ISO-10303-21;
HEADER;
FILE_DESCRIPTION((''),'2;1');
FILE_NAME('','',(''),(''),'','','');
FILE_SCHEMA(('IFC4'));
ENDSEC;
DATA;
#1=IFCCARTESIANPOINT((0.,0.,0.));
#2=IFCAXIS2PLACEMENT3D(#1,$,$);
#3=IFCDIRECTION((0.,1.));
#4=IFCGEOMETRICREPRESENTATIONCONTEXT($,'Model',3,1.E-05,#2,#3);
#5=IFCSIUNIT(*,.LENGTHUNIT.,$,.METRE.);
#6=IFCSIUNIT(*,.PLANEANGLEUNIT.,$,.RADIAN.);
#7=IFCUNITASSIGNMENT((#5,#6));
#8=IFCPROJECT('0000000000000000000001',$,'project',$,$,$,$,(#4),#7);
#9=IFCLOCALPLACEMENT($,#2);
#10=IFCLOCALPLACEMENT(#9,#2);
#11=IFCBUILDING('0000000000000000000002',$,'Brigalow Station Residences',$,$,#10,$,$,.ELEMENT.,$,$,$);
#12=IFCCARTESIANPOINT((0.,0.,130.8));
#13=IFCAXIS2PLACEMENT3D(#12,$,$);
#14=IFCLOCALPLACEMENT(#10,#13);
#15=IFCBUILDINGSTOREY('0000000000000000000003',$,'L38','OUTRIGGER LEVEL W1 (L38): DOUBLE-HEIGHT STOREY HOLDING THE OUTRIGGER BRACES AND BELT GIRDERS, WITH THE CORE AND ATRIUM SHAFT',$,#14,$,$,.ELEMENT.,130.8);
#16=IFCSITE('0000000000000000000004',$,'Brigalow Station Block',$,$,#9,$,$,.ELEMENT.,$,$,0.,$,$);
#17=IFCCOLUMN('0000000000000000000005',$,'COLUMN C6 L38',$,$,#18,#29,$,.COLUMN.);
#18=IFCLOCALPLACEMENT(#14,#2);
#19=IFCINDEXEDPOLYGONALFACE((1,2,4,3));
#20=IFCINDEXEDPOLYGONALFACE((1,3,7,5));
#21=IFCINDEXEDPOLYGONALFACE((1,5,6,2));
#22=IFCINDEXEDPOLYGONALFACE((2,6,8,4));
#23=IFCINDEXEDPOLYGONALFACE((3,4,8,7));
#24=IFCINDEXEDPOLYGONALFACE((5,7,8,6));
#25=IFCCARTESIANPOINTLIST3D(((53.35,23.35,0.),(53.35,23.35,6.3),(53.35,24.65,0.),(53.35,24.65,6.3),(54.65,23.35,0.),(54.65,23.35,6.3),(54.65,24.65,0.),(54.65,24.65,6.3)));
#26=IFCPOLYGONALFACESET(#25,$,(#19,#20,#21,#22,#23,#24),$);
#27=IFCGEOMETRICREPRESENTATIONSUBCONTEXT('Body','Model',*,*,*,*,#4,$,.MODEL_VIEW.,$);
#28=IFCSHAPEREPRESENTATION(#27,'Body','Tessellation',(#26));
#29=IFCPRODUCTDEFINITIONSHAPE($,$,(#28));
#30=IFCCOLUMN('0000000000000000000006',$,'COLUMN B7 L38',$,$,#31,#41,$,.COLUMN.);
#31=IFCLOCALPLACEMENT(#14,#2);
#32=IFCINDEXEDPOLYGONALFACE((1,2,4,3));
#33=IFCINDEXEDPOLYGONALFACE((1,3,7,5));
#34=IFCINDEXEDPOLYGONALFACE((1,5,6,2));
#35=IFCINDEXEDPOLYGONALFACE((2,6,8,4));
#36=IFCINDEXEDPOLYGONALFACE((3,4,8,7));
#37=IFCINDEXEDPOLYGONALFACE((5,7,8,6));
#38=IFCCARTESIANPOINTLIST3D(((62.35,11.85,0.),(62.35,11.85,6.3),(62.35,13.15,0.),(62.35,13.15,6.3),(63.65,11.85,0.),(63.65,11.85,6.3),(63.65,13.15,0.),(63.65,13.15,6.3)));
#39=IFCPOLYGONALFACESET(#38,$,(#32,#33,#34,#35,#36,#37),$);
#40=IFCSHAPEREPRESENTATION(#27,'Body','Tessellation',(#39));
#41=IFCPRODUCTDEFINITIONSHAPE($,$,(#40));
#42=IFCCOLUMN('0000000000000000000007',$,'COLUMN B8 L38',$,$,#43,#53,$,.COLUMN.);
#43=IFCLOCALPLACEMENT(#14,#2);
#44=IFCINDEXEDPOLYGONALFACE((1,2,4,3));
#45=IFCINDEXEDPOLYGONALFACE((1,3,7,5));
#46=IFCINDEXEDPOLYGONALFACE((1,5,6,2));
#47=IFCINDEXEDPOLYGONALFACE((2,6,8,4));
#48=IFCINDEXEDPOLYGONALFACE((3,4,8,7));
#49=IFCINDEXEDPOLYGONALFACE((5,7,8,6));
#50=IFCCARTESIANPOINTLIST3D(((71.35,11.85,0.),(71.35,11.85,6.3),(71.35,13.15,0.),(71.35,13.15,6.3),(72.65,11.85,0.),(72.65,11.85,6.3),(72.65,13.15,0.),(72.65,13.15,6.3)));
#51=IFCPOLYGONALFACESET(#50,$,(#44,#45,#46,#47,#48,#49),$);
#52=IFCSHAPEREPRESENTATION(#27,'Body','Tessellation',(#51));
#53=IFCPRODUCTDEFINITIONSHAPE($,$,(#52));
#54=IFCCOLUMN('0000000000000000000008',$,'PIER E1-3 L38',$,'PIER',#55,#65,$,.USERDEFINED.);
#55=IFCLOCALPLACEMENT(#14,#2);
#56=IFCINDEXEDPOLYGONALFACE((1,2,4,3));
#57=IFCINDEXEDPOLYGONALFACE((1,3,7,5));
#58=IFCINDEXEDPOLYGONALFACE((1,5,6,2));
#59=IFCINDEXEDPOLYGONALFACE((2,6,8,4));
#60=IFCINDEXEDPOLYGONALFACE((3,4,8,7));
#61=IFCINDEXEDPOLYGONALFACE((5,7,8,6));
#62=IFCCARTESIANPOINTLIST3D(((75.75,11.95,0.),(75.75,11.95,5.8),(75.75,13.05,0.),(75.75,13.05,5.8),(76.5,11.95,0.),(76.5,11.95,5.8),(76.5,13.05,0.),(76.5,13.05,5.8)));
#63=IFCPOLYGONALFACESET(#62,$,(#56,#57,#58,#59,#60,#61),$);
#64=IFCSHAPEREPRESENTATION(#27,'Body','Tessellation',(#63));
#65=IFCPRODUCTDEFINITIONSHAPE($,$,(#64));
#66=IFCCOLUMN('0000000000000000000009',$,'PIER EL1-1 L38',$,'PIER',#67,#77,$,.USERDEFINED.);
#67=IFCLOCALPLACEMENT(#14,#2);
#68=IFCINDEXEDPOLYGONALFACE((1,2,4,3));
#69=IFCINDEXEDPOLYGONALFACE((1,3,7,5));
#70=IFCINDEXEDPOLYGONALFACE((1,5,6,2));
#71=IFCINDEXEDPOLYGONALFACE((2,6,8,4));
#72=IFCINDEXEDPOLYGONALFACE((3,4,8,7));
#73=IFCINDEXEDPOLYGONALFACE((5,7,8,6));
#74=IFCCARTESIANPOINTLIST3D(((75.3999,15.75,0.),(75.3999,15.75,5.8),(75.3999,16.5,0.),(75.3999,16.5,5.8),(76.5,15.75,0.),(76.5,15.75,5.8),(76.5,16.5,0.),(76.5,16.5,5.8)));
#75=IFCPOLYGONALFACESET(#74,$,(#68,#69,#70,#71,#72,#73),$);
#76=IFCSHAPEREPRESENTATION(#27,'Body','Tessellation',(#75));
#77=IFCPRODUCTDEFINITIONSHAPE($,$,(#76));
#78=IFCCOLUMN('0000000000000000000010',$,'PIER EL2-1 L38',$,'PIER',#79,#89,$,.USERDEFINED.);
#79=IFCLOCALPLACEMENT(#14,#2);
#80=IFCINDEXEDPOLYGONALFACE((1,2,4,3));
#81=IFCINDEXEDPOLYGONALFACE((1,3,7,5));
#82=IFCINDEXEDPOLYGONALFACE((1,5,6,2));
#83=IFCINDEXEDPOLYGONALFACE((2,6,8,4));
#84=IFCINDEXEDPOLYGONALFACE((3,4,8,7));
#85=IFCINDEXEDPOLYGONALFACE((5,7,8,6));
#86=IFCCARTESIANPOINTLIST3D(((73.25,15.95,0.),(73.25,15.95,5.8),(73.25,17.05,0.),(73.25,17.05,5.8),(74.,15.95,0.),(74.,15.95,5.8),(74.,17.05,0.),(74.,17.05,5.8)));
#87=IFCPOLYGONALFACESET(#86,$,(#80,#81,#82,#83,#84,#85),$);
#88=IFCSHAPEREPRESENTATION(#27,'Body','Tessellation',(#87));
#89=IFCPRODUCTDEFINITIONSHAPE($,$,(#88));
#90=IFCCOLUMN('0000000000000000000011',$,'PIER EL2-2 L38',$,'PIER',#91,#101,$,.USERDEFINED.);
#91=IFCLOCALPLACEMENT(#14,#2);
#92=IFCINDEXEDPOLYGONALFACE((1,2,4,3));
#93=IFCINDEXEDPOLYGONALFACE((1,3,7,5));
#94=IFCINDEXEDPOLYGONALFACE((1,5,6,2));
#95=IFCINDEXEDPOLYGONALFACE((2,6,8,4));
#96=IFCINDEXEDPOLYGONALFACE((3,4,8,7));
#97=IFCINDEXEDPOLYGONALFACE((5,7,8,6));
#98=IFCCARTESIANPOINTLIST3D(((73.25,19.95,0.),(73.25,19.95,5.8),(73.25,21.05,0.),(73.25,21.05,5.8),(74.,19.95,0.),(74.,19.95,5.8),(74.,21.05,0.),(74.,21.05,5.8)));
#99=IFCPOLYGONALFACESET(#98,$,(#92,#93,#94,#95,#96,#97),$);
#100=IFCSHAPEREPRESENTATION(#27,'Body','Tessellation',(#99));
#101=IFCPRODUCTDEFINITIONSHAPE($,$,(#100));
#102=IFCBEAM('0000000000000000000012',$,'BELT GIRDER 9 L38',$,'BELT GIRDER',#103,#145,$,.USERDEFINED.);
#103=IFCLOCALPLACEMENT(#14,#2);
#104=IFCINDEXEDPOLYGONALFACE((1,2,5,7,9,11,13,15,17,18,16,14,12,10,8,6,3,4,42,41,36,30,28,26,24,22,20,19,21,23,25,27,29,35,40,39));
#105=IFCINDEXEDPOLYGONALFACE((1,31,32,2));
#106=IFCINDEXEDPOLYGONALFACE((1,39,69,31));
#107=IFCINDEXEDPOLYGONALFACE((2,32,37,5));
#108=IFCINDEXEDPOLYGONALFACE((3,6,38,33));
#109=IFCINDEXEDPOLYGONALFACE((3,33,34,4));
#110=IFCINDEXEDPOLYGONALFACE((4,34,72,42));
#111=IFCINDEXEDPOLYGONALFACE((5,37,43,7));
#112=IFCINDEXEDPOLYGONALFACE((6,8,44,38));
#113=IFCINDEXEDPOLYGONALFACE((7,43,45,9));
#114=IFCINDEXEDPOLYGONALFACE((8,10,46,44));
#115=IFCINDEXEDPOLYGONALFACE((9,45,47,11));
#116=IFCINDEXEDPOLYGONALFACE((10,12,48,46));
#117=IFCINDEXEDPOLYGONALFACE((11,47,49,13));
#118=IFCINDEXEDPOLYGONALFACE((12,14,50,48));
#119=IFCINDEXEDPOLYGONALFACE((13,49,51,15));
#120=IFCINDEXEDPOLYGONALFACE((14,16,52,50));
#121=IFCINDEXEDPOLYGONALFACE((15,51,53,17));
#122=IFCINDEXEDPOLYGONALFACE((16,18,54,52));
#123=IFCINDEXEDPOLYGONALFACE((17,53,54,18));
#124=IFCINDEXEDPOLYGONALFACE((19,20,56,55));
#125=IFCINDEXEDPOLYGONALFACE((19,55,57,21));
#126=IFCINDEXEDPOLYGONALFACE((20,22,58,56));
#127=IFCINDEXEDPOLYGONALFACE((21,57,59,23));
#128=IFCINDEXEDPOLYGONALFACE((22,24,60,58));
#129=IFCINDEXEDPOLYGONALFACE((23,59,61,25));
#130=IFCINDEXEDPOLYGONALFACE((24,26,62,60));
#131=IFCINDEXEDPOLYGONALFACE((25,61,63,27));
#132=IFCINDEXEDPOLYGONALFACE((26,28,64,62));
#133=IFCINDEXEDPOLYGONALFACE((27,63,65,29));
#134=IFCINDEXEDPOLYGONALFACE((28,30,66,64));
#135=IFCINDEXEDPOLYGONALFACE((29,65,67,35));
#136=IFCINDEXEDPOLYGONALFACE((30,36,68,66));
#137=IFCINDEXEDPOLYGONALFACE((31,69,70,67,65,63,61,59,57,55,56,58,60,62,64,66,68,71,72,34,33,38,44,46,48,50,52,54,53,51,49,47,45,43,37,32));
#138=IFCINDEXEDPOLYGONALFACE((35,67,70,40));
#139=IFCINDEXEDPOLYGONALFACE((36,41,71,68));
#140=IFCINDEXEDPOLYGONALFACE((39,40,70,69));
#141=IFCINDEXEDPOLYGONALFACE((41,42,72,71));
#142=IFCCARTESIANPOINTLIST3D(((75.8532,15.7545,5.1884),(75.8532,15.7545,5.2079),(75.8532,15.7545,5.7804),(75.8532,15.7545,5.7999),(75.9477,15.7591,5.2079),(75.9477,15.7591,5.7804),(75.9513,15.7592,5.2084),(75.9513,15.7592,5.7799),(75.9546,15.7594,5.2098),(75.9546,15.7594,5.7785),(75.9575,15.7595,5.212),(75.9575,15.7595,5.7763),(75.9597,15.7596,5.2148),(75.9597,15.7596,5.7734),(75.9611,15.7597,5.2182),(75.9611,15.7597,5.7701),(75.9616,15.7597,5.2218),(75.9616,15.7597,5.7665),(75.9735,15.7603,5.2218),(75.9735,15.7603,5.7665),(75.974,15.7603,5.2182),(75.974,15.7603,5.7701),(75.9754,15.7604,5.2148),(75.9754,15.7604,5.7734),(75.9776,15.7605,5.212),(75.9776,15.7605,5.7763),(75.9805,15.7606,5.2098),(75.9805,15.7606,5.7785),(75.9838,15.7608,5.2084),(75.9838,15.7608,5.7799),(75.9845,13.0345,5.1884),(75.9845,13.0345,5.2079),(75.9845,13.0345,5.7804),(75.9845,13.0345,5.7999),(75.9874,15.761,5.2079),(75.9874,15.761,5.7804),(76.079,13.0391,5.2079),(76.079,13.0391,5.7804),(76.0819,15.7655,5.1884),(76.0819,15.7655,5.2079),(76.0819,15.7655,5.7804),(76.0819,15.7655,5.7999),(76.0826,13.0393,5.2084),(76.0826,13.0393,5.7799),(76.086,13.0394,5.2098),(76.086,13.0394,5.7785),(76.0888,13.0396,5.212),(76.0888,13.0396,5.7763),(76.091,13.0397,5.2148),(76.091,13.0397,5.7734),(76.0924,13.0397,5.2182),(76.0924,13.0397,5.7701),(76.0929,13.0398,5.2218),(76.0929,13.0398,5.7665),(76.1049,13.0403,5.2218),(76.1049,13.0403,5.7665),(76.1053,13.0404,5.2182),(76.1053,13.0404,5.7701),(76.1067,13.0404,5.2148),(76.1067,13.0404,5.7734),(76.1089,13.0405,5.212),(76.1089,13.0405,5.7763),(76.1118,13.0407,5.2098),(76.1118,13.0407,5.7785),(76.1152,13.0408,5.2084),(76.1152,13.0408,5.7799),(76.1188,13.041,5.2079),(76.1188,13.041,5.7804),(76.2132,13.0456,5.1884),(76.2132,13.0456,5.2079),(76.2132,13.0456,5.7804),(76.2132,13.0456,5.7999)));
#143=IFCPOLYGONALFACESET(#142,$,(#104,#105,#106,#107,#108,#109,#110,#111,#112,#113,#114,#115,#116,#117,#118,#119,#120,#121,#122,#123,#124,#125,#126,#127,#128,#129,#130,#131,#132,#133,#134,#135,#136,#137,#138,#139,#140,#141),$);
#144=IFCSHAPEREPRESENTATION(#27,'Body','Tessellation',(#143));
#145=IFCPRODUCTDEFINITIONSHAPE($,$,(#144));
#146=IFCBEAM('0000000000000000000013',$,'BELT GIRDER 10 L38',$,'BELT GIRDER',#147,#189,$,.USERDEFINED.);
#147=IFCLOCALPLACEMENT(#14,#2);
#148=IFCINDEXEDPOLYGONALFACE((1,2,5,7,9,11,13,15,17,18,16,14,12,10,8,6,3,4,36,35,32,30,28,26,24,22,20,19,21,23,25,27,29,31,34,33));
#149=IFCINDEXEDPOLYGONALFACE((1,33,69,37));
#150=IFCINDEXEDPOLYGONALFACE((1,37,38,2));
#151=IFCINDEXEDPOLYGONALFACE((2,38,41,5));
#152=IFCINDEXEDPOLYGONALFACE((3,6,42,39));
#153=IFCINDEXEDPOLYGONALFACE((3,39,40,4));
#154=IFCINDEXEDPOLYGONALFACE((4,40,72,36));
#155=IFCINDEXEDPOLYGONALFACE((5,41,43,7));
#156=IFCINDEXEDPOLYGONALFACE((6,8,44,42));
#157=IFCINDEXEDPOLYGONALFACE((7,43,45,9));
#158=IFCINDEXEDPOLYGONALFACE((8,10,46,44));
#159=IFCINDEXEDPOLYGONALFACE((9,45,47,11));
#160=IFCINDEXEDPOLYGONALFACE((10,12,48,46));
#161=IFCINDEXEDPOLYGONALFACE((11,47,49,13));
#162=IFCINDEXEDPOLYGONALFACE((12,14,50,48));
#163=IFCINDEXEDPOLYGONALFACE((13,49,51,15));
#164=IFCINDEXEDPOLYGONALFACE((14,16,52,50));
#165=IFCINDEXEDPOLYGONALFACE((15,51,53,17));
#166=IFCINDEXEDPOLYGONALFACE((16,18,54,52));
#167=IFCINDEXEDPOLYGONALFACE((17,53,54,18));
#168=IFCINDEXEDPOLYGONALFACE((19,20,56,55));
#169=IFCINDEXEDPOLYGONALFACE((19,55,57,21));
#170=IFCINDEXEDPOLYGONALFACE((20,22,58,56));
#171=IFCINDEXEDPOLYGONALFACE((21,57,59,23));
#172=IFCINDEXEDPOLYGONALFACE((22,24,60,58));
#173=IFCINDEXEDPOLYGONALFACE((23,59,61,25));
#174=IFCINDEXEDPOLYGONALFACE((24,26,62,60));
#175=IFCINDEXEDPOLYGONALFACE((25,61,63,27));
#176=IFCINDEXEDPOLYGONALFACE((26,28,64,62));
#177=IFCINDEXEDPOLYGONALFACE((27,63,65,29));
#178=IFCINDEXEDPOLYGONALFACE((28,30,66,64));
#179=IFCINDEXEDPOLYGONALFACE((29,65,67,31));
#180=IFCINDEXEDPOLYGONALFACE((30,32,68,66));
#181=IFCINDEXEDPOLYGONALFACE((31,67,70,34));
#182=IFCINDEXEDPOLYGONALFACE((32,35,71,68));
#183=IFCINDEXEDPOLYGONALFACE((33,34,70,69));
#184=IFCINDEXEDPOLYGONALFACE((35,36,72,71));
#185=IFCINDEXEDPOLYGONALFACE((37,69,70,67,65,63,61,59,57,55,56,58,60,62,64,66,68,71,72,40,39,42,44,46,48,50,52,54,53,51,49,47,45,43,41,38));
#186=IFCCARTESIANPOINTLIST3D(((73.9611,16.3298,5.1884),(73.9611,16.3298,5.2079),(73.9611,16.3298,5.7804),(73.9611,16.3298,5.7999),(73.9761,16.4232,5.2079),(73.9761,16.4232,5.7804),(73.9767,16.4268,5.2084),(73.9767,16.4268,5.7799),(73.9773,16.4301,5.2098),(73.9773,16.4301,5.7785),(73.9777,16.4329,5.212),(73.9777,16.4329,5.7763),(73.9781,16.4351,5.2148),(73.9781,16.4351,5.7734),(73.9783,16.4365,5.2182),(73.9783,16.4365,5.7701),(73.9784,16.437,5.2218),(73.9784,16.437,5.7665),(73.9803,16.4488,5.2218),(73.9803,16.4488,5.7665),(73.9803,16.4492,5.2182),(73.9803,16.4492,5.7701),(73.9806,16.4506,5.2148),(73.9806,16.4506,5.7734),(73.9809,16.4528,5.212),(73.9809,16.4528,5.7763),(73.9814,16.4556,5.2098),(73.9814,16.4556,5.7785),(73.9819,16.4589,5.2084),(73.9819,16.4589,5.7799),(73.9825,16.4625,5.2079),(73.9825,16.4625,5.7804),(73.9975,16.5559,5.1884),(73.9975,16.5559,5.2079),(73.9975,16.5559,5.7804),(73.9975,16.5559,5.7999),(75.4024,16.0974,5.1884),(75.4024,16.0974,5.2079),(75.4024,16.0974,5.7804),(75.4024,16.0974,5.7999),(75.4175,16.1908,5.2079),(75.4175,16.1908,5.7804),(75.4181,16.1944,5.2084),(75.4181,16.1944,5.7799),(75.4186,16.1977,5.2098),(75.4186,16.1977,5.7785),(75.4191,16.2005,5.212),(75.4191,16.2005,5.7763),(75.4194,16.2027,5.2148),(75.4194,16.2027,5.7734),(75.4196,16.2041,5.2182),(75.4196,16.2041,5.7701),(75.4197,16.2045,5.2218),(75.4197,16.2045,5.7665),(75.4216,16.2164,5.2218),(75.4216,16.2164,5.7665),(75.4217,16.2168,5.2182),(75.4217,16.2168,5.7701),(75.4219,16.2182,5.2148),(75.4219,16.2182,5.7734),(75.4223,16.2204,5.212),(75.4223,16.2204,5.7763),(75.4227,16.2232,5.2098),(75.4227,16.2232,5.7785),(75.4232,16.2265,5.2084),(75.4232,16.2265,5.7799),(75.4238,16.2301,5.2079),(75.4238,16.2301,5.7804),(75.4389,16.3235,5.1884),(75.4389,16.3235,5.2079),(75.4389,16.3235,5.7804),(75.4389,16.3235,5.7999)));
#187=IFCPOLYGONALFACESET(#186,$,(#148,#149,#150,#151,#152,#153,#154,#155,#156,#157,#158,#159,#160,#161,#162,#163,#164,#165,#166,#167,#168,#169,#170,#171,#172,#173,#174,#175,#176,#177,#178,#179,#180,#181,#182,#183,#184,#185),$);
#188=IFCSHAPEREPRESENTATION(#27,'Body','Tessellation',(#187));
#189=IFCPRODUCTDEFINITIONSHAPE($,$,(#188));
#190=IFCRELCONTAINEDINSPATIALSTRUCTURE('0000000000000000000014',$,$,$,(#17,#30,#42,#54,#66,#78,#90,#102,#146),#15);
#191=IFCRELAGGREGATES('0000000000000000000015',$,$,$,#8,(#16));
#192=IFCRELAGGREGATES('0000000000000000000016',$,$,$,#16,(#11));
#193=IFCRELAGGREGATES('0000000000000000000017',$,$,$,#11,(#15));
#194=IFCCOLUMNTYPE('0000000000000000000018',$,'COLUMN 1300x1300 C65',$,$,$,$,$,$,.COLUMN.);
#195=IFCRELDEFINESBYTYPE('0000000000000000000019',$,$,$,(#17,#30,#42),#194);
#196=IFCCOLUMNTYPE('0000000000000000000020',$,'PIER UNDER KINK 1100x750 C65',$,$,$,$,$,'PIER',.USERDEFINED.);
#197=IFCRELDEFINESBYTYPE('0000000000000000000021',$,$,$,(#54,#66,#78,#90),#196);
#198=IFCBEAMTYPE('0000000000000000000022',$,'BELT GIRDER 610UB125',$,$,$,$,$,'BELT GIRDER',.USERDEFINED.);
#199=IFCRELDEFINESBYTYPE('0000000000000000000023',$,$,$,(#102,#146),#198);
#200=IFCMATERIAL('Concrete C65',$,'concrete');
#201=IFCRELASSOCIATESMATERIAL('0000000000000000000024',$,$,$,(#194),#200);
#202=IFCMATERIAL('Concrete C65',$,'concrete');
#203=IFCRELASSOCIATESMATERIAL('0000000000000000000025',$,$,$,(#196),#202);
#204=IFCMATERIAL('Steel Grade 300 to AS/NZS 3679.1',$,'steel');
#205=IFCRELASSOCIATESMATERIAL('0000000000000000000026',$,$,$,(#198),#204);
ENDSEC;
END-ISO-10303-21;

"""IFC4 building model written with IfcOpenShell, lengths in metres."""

from ifc_helpers import new_model, si_unit, direction, frame, origin, origin_2d, place, context, subcontext, project, spatial, rectangle, i_section, extrude, material, material_profile, profile_set, type_object, element, save


model = new_model("IFC4")

# Units and contexts
model_context = context("Model", 3, precision=1e-05, world=origin(), true_north=direction((0.0, 1.0)))
body_context = subcontext(model_context, "Body", "Model", "MODEL_VIEW")
ifc_project = project(units=[si_unit("LENGTHUNIT", "METRE"), si_unit("PLANEANGLEUNIT", "RADIAN")], contexts=[model_context])

# Site, building, storey
site_placement = place(None, origin())
site = spatial("IfcSite", under=ifc_project, at=site_placement, Name="Brigalow Station Block", CompositionType="ELEMENT", RefElevation=0.0)
building_placement = place(site_placement, origin())
building = spatial("IfcBuilding", under=site, at=building_placement, Name="Brigalow Station Residences", CompositionType="ELEMENT")
storey_placement = place(building_placement, frame((0.0, 0.0, 130.8)))
storey = spatial("IfcBuildingStorey", under=building, at=storey_placement, Name="L38", Description="OUTRIGGER LEVEL W1 (L38): DOUBLE-HEIGHT STOREY HOLDING THE OUTRIGGER BRACES AND BELT GIRDERS, WITH THE CORE AND ATRIUM SHAFT", CompositionType="ELEMENT", Elevation=130.8)

# Columns
ifc_material_1 = material(Name="Concrete C65", Category="concrete")
ifc_material_profile_1 = material_profile(ifc_material_1, rectangle(XDim=1.3, YDim=1.3, at=origin_2d()), Name="RC1300x1300")
ifc_profile_set_1 = profile_set([ifc_material_profile_1], Name="Concrete C65")
column_type_1 = type_object("IfcColumnType", Name="COLUMN 1300x1300 C65", PredefinedType="COLUMN", material=ifc_profile_set_1)
for number, where, z_axis, x_axis, name in (
    (1, (54.0, 24.0, 0.0), (0.0, 0.0, 1.0), (1.0, 0.0, 0.0), "COLUMN C6 L38"),
    (2, (63.0, 12.5, 0.0), (0.0, 0.0, 1.0), (1.0, 0.0, 0.0), "COLUMN B7 L38"),
    (3, (72.0, 12.5, 0.0), (0.0, 0.0, 1.0), (1.0, 0.0, 0.0), "COLUMN B8 L38"),
):
    element("IfcColumn", number, at=place(storey_placement, frame(where, z_axis=z_axis, x_axis=x_axis)), inside=storey, type_object=column_type_1, Name=name, PredefinedType="COLUMN", context=body_context, shape_type="SweptSolid", body=[
        extrude(rectangle(XDim=1.3, YDim=1.3, at=origin_2d()), origin(), (0.0, 0.0, 1.0), 6.3),
    ])
ifc_material_2 = material(Name="Concrete C65", Category="concrete")
ifc_material_profile_2 = material_profile(ifc_material_2, rectangle(XDim=1.1001, YDim=0.75, at=origin_2d()), Name="RC1100x750")
ifc_profile_set_2 = profile_set([ifc_material_profile_2], Name="Concrete C65")
column_type_2 = type_object("IfcColumnType", Name="PIER UNDER KINK 1100x750 C65", ElementType="PIER", PredefinedType="USERDEFINED", material=ifc_profile_set_2)
for number, where, z_axis, x_axis, name in (
    (4, (76.125, 12.5, 0.0), (0.0, 0.0, 1.0), (0.0, 1.0, 0.0), "PIER E1-3 L38"),
    (5, (75.95, 16.125, 0.0), (0.0, 0.0, 1.0), (-1.0, 0.0, 0.0), "PIER EL1-1 L38"),
    (6, (73.625, 16.5, 0.0), (0.0, 0.0, 1.0), (0.0, 1.0, 0.0), "PIER EL2-1 L38"),
    (7, (73.625, 20.5, 0.0), (0.0, 0.0, 1.0), (0.0, 1.0, 0.0), "PIER EL2-2 L38"),
):
    element("IfcColumn", number, at=place(storey_placement, frame(where, z_axis=z_axis, x_axis=x_axis)), inside=storey, type_object=column_type_2, Name=name, ObjectType="PIER", PredefinedType="USERDEFINED", context=body_context, shape_type="SweptSolid", body=[
        extrude(rectangle(XDim=1.1001, YDim=0.75, at=origin_2d()), origin(), (0.0, 0.0, 1.0), 5.8),
    ])

# Beams
ifc_material_3 = material(Name="Steel Grade 300 to AS/NZS 3679.1", Category="steel")
ifc_material_profile_3 = material_profile(ifc_material_3, i_section(OverallWidth=0.229, OverallDepth=0.6116, WebThickness=0.012, FlangeThickness=0.0195, FilletRadius=0.0139, at=origin_2d()), Name="610UB125")
ifc_profile_set_3 = profile_set([ifc_material_profile_3], Name="Steel Grade 300 to AS/NZS 3679.1")
beam_type = type_object("IfcBeamType", Name="BELT GIRDER 610UB125", ElementType="BELT GIRDER", PredefinedType="USERDEFINED", material=ifc_profile_set_3)
beam_1_placement = place(storey_placement, frame((76.0989, 13.04, 5.4941), z_axis=(-0.048234, 0.998836, 0.0), x_axis=(-0.998836, -0.048234, 0.0)))
element("IfcBeam", 8, at=beam_1_placement, inside=storey, type_object=beam_type, Name="BELT GIRDER 9 L38", ObjectType="BELT GIRDER", PredefinedType="USERDEFINED", context=body_context, shape_type="SweptSolid", body=[
    extrude(i_section(OverallWidth=0.229, OverallDepth=0.6116, WebThickness=0.012, FlangeThickness=0.0195, FilletRadius=0.0139, at=origin_2d()), origin(), (0.0, 0.0, 1.0), 2.7231),
])
beam_2_placement = place(storey_placement, frame((75.4207, 16.2104, 5.4941), z_axis=(-0.987248, 0.15919, 0.0), x_axis=(-0.15919, -0.987248, 0.0)))
element("IfcBeam", 9, at=beam_2_placement, inside=storey, type_object=beam_type, Name="BELT GIRDER 10 L38", ObjectType="BELT GIRDER", PredefinedType="USERDEFINED", context=body_context, shape_type="SweptSolid", body=[
    extrude(i_section(OverallWidth=0.229, OverallDepth=0.6116, WebThickness=0.012, FlangeThickness=0.0195, FilletRadius=0.0139, at=origin_2d()), origin(), (0.0, 0.0, 1.0), 1.46),
])

save(model, "model.ifc")
